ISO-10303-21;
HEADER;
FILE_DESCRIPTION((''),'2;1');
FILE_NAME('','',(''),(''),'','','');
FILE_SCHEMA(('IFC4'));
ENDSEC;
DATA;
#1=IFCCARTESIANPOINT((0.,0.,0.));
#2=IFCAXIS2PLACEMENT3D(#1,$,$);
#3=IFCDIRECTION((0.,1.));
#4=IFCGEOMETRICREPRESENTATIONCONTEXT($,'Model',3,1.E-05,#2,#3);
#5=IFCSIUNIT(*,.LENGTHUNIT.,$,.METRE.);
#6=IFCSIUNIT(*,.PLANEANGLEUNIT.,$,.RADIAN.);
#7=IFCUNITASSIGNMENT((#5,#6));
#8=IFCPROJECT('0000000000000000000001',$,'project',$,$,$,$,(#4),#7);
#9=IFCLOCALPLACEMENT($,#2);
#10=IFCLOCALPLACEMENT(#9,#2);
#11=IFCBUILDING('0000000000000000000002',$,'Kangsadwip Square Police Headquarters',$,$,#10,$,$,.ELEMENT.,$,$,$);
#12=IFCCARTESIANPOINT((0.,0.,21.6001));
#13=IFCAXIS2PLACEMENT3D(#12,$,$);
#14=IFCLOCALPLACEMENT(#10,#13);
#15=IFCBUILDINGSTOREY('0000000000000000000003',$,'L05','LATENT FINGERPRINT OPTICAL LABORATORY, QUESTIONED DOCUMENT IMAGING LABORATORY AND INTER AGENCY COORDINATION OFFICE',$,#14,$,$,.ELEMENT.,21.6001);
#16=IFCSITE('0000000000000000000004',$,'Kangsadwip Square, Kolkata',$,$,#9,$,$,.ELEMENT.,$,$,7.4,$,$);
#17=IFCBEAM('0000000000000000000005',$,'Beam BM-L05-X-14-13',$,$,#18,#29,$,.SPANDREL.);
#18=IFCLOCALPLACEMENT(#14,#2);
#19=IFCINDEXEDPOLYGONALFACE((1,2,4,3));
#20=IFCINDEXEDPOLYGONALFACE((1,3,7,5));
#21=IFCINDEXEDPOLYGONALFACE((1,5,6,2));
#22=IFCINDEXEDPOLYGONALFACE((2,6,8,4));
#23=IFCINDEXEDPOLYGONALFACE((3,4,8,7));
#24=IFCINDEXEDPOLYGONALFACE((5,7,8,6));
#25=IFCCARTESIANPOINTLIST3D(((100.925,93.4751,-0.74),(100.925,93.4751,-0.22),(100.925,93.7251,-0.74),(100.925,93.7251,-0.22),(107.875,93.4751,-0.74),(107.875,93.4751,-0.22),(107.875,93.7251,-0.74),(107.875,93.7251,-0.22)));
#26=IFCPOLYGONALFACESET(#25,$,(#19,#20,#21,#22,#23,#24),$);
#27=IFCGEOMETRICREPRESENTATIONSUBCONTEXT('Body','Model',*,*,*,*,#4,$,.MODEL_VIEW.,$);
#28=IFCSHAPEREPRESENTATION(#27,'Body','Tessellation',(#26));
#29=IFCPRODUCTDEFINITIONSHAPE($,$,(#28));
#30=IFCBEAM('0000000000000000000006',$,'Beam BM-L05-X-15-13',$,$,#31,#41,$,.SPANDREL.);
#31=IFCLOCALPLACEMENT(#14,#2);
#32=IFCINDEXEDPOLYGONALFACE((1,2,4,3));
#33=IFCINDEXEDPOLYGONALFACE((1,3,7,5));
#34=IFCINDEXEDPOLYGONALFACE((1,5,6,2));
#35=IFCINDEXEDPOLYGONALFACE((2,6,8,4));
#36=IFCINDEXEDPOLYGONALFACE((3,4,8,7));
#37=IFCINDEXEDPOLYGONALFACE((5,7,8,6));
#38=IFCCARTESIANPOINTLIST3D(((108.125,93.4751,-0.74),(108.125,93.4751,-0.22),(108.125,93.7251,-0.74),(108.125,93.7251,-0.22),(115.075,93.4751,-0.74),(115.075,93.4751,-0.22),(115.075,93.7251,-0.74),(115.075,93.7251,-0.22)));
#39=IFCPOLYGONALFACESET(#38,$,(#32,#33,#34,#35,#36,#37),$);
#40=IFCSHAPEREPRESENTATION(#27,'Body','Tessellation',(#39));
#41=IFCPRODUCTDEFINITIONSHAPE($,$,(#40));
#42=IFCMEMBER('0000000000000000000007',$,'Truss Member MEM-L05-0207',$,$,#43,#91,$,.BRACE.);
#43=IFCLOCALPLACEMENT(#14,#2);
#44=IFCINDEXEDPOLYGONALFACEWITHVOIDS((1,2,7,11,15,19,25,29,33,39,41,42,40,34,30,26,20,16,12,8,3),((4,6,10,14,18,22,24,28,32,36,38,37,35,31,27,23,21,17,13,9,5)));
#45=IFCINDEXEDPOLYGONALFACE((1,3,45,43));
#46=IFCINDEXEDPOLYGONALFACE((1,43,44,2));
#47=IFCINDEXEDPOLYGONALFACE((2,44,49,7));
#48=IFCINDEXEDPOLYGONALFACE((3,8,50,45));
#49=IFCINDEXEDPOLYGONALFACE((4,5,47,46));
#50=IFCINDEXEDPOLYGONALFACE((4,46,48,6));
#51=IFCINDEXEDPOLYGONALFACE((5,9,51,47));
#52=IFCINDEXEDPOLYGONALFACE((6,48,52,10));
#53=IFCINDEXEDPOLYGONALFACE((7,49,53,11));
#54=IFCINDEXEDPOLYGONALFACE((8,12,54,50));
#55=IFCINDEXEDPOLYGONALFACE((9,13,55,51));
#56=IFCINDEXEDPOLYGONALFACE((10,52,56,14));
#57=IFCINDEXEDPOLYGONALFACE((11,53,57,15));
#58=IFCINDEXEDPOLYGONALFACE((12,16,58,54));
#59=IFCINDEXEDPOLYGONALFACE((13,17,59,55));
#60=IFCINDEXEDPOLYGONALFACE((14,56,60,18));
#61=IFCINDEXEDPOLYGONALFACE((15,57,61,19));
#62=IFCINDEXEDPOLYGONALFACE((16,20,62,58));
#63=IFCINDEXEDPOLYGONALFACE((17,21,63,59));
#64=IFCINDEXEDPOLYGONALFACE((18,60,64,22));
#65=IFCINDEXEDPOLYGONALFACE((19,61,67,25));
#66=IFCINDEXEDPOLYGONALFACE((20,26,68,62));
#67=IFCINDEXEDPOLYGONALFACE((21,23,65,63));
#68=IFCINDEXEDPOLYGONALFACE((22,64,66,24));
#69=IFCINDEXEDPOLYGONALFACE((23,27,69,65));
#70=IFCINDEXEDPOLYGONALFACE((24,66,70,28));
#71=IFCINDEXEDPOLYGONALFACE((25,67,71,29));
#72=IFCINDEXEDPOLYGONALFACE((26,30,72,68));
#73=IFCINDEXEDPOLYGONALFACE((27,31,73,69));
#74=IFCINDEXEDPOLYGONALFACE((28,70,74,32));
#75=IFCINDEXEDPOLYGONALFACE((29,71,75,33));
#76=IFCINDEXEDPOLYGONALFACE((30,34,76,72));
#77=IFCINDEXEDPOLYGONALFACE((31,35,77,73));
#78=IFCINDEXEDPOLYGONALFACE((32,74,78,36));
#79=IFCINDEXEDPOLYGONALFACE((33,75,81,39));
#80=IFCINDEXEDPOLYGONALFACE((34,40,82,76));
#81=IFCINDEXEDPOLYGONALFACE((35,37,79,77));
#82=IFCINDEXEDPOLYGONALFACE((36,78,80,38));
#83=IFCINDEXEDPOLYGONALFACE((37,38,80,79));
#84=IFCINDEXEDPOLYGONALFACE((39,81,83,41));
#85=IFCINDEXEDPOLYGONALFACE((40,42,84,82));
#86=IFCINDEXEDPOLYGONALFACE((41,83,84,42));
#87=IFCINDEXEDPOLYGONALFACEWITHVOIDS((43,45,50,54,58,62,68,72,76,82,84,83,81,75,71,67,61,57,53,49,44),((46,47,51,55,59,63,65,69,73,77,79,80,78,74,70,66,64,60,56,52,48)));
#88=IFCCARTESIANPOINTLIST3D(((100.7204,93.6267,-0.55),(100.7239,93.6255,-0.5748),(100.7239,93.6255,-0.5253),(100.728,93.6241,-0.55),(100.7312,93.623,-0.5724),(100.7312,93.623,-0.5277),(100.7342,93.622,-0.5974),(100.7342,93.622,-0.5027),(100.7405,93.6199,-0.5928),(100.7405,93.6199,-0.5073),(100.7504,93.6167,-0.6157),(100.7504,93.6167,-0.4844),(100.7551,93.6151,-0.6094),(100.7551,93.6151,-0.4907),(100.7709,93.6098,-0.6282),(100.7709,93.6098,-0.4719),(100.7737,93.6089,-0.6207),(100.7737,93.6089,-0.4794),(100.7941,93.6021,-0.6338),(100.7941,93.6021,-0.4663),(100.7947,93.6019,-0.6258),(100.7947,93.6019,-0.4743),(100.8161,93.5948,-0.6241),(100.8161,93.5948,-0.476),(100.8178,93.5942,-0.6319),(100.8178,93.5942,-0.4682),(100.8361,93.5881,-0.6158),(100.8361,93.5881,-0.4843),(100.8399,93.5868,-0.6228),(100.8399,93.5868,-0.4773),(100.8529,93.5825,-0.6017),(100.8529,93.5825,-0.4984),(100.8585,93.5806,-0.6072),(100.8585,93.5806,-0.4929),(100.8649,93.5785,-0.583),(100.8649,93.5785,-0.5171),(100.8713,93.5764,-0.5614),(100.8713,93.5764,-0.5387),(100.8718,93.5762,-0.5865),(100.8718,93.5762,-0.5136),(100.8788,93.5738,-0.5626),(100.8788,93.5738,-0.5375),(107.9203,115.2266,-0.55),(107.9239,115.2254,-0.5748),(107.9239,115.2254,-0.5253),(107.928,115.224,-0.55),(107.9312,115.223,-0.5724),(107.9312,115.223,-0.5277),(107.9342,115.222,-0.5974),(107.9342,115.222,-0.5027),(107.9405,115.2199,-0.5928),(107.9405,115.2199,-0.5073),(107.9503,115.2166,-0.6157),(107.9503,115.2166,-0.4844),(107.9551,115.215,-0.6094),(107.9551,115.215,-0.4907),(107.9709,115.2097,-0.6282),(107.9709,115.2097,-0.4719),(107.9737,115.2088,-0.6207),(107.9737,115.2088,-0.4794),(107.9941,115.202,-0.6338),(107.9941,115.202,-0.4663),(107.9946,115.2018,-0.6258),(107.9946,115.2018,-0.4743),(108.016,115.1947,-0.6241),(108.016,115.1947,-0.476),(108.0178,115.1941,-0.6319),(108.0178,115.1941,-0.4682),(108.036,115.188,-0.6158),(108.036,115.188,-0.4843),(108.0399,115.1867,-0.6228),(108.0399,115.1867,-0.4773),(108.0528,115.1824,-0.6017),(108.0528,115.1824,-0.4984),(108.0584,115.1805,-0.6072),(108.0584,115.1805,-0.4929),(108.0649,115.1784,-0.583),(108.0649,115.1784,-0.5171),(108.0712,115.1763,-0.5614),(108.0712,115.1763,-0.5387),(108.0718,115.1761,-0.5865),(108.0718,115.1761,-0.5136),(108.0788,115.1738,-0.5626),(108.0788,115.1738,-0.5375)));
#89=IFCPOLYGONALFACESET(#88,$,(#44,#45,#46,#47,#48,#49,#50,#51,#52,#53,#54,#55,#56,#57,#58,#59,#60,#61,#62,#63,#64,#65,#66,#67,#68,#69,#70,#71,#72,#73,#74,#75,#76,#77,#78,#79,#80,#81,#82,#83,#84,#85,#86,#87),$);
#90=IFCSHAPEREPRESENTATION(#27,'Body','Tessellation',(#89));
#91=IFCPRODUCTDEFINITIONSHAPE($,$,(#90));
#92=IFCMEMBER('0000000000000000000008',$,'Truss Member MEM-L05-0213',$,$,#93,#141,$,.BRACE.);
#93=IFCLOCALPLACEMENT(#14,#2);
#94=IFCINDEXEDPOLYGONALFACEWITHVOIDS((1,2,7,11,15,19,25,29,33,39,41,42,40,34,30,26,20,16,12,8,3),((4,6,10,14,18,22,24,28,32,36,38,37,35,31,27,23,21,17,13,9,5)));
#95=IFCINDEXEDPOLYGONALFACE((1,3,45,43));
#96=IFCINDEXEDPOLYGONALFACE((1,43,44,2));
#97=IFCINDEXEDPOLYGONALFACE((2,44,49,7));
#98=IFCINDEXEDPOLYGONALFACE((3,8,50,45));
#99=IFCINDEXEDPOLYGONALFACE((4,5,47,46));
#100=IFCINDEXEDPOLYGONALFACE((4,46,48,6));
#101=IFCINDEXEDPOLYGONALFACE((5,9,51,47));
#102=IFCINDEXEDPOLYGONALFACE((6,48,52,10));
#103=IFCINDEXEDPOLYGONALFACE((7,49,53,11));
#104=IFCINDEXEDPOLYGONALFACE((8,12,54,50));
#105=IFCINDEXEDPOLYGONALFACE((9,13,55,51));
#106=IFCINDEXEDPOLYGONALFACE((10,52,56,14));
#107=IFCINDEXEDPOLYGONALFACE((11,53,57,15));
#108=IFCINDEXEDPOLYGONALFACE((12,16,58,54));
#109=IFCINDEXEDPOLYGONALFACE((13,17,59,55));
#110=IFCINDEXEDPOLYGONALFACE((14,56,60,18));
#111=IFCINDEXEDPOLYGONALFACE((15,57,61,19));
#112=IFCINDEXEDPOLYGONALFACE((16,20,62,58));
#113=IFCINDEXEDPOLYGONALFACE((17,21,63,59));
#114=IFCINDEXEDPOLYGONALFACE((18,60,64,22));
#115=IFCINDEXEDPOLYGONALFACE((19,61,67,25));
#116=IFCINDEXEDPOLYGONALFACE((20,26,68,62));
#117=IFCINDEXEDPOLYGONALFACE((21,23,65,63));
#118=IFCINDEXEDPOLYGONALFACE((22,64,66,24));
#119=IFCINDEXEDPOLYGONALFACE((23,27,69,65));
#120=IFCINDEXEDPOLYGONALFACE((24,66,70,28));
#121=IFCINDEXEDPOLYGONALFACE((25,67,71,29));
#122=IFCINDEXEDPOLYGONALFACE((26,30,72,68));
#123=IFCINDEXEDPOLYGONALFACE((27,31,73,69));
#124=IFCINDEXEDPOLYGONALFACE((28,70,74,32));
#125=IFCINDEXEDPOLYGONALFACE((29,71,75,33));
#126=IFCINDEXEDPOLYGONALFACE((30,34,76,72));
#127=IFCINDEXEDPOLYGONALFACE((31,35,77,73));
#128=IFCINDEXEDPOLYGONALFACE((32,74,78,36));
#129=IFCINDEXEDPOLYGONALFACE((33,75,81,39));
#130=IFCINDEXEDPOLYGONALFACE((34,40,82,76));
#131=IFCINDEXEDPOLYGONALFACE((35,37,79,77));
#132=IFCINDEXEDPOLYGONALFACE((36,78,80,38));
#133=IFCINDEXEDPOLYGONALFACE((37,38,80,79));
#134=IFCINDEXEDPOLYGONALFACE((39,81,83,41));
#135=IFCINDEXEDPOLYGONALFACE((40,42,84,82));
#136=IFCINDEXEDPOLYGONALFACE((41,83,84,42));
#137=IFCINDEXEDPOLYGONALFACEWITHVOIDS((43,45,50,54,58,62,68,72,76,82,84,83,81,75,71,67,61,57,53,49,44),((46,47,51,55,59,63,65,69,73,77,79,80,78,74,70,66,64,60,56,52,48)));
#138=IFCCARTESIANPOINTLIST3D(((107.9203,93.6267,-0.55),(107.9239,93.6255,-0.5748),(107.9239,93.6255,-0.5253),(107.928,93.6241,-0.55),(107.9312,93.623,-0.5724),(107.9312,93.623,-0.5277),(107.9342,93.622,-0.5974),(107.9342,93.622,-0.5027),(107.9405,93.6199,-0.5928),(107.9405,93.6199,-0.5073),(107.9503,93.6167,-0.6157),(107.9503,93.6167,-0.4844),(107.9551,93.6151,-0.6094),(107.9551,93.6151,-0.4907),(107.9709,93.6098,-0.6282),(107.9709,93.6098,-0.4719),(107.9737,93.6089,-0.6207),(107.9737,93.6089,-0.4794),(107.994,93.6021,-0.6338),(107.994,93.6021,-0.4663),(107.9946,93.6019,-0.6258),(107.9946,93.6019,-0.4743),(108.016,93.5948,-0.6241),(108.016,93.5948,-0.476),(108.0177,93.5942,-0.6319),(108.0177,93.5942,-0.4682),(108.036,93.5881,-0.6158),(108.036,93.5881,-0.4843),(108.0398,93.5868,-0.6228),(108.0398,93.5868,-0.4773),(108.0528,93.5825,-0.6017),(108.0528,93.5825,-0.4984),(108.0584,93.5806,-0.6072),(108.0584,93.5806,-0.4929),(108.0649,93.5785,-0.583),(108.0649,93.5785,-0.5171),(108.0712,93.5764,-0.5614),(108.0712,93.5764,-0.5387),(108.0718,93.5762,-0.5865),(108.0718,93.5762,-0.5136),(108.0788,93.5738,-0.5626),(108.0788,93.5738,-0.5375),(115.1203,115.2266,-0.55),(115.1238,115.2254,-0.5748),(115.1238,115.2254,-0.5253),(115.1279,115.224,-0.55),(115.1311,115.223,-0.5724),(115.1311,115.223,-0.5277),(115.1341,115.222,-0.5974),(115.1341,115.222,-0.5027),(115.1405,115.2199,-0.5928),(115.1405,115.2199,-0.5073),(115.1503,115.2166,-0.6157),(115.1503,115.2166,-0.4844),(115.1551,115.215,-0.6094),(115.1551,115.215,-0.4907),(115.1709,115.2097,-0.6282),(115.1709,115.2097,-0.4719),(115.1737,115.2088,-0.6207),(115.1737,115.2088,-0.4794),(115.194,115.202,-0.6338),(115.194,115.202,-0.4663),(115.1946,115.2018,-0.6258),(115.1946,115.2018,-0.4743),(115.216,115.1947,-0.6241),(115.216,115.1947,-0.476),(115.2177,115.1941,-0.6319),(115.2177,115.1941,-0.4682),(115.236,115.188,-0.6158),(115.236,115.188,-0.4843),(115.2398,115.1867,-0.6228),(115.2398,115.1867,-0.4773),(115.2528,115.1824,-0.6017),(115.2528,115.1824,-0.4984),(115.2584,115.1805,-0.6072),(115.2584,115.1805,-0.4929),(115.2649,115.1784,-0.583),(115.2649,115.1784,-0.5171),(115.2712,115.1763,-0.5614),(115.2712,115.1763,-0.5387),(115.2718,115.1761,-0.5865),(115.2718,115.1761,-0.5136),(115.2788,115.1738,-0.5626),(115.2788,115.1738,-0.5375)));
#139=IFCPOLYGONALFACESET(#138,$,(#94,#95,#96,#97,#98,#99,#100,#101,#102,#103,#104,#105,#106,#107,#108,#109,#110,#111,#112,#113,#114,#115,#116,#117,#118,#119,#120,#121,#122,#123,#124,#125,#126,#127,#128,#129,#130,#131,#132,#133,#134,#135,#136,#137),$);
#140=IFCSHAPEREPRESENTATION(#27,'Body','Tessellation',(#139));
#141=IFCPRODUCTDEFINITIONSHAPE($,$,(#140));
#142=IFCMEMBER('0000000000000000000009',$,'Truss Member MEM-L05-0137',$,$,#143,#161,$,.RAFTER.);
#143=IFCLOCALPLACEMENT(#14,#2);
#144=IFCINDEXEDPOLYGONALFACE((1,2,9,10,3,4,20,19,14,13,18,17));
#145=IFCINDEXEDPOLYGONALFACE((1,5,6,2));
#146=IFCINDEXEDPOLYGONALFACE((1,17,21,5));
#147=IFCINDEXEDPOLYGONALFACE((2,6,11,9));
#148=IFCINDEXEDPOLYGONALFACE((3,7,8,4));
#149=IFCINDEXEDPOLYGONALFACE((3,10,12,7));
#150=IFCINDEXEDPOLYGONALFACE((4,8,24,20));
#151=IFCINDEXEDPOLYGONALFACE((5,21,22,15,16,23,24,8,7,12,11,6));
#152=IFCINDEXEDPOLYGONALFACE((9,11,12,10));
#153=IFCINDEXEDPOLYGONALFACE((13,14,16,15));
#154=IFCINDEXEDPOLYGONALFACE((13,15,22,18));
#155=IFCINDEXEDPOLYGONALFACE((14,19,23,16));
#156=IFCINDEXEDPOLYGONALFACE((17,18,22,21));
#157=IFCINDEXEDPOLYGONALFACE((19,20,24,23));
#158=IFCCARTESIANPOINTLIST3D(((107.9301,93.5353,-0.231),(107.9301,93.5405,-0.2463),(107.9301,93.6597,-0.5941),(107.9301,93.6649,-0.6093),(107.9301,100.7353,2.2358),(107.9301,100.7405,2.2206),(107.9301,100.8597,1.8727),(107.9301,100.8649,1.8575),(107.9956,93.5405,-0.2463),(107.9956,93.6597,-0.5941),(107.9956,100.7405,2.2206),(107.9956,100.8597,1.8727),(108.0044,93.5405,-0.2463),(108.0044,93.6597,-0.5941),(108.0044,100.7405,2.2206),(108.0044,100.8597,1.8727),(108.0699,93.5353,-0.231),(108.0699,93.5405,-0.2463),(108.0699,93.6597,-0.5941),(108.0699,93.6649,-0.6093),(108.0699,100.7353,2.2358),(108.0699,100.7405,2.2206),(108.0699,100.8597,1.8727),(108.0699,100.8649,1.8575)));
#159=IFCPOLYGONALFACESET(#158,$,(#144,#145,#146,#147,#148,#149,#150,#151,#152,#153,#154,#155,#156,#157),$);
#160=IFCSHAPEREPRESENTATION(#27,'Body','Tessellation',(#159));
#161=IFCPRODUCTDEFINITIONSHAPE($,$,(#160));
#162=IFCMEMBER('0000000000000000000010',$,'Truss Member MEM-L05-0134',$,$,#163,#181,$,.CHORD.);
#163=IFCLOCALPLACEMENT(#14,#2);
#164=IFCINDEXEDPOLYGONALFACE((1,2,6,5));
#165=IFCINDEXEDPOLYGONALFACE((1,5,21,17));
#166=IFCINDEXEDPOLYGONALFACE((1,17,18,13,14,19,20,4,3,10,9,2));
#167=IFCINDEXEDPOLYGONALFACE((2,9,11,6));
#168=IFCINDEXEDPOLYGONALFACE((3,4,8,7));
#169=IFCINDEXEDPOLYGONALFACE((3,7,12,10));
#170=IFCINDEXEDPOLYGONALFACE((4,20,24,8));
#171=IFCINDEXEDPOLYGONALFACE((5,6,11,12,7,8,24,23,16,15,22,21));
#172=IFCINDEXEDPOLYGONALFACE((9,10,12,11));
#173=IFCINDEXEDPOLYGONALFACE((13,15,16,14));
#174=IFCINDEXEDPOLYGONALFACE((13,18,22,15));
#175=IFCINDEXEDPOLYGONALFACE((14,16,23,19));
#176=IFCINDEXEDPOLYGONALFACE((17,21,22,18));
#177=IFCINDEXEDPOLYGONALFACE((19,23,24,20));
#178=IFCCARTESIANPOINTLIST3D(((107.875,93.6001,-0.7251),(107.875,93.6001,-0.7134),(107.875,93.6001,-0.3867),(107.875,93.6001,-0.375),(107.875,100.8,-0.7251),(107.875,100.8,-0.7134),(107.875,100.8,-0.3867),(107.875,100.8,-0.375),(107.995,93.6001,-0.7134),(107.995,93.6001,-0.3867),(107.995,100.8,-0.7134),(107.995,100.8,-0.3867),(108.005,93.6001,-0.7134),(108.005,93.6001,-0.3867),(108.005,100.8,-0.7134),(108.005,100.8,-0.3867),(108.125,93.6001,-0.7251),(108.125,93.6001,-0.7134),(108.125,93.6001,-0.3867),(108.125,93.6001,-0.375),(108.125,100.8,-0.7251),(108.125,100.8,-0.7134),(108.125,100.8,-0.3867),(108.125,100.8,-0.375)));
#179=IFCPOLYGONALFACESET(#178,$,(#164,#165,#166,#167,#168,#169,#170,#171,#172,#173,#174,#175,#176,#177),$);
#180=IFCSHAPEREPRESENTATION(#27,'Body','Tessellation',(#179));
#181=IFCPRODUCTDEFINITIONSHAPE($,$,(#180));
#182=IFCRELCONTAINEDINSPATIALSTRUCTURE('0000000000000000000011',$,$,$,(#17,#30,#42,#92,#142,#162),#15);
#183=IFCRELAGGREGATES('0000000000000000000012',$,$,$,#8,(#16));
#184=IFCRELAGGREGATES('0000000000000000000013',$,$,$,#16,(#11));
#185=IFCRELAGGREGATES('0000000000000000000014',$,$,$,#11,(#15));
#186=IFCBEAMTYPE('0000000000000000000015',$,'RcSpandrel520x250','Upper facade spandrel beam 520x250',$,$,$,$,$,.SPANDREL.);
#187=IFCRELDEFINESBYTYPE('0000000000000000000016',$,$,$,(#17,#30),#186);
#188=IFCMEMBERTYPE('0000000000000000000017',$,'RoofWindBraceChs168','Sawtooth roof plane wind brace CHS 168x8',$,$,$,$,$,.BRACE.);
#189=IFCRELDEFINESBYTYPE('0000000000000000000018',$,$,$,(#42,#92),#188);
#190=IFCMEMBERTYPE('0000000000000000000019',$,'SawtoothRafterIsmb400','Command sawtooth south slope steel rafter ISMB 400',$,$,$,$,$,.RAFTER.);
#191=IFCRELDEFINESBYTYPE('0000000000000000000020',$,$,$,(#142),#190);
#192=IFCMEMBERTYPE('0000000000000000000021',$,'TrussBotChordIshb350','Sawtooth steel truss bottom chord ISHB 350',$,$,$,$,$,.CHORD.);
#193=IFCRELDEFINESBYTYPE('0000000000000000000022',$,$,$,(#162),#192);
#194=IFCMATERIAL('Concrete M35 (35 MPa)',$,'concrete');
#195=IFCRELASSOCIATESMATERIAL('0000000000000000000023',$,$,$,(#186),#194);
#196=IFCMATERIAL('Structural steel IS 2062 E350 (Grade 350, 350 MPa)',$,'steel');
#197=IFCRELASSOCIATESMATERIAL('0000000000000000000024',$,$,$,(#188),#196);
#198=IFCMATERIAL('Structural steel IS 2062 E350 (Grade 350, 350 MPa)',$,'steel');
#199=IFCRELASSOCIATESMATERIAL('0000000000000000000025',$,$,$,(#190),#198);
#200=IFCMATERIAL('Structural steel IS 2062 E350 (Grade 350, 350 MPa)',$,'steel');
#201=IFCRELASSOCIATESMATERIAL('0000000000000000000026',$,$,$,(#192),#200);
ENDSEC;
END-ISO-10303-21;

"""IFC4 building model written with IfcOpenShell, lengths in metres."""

from ifc_helpers import new_model, si_unit, direction, frame, origin, origin_2d, place, context, subcontext, project, spatial, rectangle, hollow_circle, i_section, extrude, material, material_profile, profile_set, type_object, element, save


model = new_model("IFC4")

# Units and contexts
model_context = context("Model", 3, precision=1e-05, world=origin(), true_north=direction((0.0, 1.0)))
body_context = subcontext(model_context, "Body", "Model", "MODEL_VIEW")
ifc_project = project(units=[si_unit("LENGTHUNIT", "METRE"), si_unit("PLANEANGLEUNIT", "RADIAN")], contexts=[model_context])

# Site, building, storey
site_placement = place(None, origin())
site = spatial("IfcSite", under=ifc_project, at=site_placement, Name="Kangsadwip Square, Kolkata", CompositionType="ELEMENT", RefElevation=7.4)
building_placement = place(site_placement, origin())
building = spatial("IfcBuilding", under=site, at=building_placement, Name="Kangsadwip Square Police Headquarters", CompositionType="ELEMENT")
storey_placement = place(building_placement, frame((0.0, 0.0, 21.6001)))
storey = spatial("IfcBuildingStorey", under=building, at=storey_placement, Name="L05", Description="LATENT FINGERPRINT OPTICAL LABORATORY, QUESTIONED DOCUMENT IMAGING LABORATORY AND INTER AGENCY COORDINATION OFFICE", CompositionType="ELEMENT", Elevation=21.6001)

# Beams
ifc_material_1 = material(Name="Concrete M35 (35 MPa)", Category="concrete")
ifc_material_profile_1 = material_profile(ifc_material_1, rectangle(XDim=0.25, YDim=0.52, at=origin_2d()), Name="RC SPN 520X250")
ifc_profile_set_1 = profile_set([ifc_material_profile_1], Name="Concrete M35 (35 MPa)")
beam_type = type_object("IfcBeamType", Name="RcSpandrel520x250", Description="Upper facade spandrel beam 520x250", PredefinedType="SPANDREL", material=ifc_profile_set_1)
for number, where, z_axis, x_axis, name in (
    (1, (100.925, 93.6001, -0.48), (1.0, 0.0, 0.0), (0.0, 1.0, 0.0), "Beam BM-L05-X-14-13"),
    (2, (108.125, 93.6001, -0.48), (1.0, 0.0, 0.0), (0.0, 1.0, 0.0), "Beam BM-L05-X-15-13"),
):
    element("IfcBeam", number, at=place(storey_placement, frame(where, z_axis=z_axis, x_axis=x_axis)), inside=storey, type_object=beam_type, Name=name, PredefinedType="SPANDREL", context=body_context, shape_type="SweptSolid", body=[
        extrude(rectangle(XDim=0.25, YDim=0.52, at=origin_2d()), origin(), (0.0, 0.0, 1.0), 6.95),
    ])

# Members
ifc_material_2 = material(Name="Structural steel IS 2062 E350 (Grade 350, 350 MPa)", Category="steel")
ifc_material_profile_2 = material_profile(ifc_material_2, hollow_circle(Radius=0.084, WallThickness=0.0081, at=origin_2d()), Name="CHS 168X8")
ifc_profile_set_2 = profile_set([ifc_material_profile_2], Name="Structural steel IS 2062 E350 (Grade 350, 350 MPa)")
member_type_1 = type_object("IfcMemberType", Name="RoofWindBraceChs168", Description="Sawtooth roof plane wind brace CHS 168x8", PredefinedType="BRACE", material=ifc_profile_set_2)
for number, where, z_axis, x_axis, name in (
    (3, (100.8, 93.6001, -0.55), (0.316228, 0.948683, 0.0), (-0.948683, 0.316228, 0.0), "Truss Member MEM-L05-0207"),
    (4, (108.0, 93.6001, -0.55), (0.316228, 0.948683, 0.0), (-0.948683, 0.316228, 0.0), "Truss Member MEM-L05-0213"),
):
    element("IfcMember", number, at=place(storey_placement, frame(where, z_axis=z_axis, x_axis=x_axis)), inside=storey, type_object=member_type_1, Name=name, PredefinedType="BRACE", context=body_context, shape_type="SweptSolid", body=[
        extrude(hollow_circle(Radius=0.084, WallThickness=0.0081, at=origin_2d()), origin(), (0.0, 0.0, 1.0), 22.7683),
    ])
ifc_material_3 = material(Name="Structural steel IS 2062 E350 (Grade 350, 350 MPa)", Category="steel")
ifc_material_profile_3 = material_profile(ifc_material_3, i_section(OverallWidth=0.1399, OverallDepth=0.3999, WebThickness=0.0088, FlangeThickness=0.0161, at=origin_2d()), Name="ISMB 400")
ifc_profile_set_3 = profile_set([ifc_material_profile_3], Name="Structural steel IS 2062 E350 (Grade 350, 350 MPa)")
member_type_2 = type_object("IfcMemberType", Name="SawtoothRafterIsmb400", Description="Command sawtooth south slope steel rafter ISMB 400", PredefinedType="RAFTER", material=ifc_profile_set_3)
member_1_placement = place(storey_placement, frame((108.0, 93.6001, -0.4202), z_axis=(0.0, 0.946017, 0.324118), x_axis=(-1.0, 0.0, 0.0)))
element("IfcMember", 5, at=member_1_placement, inside=storey, type_object=member_type_2, Name="Truss Member MEM-L05-0137", PredefinedType="RAFTER", context=body_context, shape_type="SweptSolid", body=[
    extrude(i_section(OverallWidth=0.1399, OverallDepth=0.3999, WebThickness=0.0088, FlangeThickness=0.0161, at=origin_2d()), origin(), (0.0, 0.0, 1.0), 7.6108),
])
ifc_material_4 = material(Name="Structural steel IS 2062 E350 (Grade 350, 350 MPa)", Category="steel")
ifc_material_profile_4 = material_profile(ifc_material_4, i_section(OverallWidth=0.25, OverallDepth=0.3501, WebThickness=0.01, FlangeThickness=0.0117, at=origin_2d()), Name="ISHB 350")
ifc_profile_set_4 = profile_set([ifc_material_profile_4], Name="Structural steel IS 2062 E350 (Grade 350, 350 MPa)")
member_type_3 = type_object("IfcMemberType", Name="TrussBotChordIshb350", Description="Sawtooth steel truss bottom chord ISHB 350", PredefinedType="CHORD", material=ifc_profile_set_4)
for number, where, z_axis, x_axis, name in (
    (6, (108.0, 93.6001, -0.55), (0.0, 1.0, 0.0), (-1.0, 0.0, 0.0), "Truss Member MEM-L05-0134"),
):
    element("IfcMember", number, at=place(storey_placement, frame(where, z_axis=z_axis, x_axis=x_axis)), inside=storey, type_object=member_type_3, Name=name, PredefinedType="CHORD", context=body_context, shape_type="SweptSolid", body=[
        extrude(i_section(OverallWidth=0.25, OverallDepth=0.3501, WebThickness=0.01, FlangeThickness=0.0117, at=origin_2d()), origin(), (0.0, 0.0, 1.0), 7.2),
    ])

save(model, "model.ifc")
